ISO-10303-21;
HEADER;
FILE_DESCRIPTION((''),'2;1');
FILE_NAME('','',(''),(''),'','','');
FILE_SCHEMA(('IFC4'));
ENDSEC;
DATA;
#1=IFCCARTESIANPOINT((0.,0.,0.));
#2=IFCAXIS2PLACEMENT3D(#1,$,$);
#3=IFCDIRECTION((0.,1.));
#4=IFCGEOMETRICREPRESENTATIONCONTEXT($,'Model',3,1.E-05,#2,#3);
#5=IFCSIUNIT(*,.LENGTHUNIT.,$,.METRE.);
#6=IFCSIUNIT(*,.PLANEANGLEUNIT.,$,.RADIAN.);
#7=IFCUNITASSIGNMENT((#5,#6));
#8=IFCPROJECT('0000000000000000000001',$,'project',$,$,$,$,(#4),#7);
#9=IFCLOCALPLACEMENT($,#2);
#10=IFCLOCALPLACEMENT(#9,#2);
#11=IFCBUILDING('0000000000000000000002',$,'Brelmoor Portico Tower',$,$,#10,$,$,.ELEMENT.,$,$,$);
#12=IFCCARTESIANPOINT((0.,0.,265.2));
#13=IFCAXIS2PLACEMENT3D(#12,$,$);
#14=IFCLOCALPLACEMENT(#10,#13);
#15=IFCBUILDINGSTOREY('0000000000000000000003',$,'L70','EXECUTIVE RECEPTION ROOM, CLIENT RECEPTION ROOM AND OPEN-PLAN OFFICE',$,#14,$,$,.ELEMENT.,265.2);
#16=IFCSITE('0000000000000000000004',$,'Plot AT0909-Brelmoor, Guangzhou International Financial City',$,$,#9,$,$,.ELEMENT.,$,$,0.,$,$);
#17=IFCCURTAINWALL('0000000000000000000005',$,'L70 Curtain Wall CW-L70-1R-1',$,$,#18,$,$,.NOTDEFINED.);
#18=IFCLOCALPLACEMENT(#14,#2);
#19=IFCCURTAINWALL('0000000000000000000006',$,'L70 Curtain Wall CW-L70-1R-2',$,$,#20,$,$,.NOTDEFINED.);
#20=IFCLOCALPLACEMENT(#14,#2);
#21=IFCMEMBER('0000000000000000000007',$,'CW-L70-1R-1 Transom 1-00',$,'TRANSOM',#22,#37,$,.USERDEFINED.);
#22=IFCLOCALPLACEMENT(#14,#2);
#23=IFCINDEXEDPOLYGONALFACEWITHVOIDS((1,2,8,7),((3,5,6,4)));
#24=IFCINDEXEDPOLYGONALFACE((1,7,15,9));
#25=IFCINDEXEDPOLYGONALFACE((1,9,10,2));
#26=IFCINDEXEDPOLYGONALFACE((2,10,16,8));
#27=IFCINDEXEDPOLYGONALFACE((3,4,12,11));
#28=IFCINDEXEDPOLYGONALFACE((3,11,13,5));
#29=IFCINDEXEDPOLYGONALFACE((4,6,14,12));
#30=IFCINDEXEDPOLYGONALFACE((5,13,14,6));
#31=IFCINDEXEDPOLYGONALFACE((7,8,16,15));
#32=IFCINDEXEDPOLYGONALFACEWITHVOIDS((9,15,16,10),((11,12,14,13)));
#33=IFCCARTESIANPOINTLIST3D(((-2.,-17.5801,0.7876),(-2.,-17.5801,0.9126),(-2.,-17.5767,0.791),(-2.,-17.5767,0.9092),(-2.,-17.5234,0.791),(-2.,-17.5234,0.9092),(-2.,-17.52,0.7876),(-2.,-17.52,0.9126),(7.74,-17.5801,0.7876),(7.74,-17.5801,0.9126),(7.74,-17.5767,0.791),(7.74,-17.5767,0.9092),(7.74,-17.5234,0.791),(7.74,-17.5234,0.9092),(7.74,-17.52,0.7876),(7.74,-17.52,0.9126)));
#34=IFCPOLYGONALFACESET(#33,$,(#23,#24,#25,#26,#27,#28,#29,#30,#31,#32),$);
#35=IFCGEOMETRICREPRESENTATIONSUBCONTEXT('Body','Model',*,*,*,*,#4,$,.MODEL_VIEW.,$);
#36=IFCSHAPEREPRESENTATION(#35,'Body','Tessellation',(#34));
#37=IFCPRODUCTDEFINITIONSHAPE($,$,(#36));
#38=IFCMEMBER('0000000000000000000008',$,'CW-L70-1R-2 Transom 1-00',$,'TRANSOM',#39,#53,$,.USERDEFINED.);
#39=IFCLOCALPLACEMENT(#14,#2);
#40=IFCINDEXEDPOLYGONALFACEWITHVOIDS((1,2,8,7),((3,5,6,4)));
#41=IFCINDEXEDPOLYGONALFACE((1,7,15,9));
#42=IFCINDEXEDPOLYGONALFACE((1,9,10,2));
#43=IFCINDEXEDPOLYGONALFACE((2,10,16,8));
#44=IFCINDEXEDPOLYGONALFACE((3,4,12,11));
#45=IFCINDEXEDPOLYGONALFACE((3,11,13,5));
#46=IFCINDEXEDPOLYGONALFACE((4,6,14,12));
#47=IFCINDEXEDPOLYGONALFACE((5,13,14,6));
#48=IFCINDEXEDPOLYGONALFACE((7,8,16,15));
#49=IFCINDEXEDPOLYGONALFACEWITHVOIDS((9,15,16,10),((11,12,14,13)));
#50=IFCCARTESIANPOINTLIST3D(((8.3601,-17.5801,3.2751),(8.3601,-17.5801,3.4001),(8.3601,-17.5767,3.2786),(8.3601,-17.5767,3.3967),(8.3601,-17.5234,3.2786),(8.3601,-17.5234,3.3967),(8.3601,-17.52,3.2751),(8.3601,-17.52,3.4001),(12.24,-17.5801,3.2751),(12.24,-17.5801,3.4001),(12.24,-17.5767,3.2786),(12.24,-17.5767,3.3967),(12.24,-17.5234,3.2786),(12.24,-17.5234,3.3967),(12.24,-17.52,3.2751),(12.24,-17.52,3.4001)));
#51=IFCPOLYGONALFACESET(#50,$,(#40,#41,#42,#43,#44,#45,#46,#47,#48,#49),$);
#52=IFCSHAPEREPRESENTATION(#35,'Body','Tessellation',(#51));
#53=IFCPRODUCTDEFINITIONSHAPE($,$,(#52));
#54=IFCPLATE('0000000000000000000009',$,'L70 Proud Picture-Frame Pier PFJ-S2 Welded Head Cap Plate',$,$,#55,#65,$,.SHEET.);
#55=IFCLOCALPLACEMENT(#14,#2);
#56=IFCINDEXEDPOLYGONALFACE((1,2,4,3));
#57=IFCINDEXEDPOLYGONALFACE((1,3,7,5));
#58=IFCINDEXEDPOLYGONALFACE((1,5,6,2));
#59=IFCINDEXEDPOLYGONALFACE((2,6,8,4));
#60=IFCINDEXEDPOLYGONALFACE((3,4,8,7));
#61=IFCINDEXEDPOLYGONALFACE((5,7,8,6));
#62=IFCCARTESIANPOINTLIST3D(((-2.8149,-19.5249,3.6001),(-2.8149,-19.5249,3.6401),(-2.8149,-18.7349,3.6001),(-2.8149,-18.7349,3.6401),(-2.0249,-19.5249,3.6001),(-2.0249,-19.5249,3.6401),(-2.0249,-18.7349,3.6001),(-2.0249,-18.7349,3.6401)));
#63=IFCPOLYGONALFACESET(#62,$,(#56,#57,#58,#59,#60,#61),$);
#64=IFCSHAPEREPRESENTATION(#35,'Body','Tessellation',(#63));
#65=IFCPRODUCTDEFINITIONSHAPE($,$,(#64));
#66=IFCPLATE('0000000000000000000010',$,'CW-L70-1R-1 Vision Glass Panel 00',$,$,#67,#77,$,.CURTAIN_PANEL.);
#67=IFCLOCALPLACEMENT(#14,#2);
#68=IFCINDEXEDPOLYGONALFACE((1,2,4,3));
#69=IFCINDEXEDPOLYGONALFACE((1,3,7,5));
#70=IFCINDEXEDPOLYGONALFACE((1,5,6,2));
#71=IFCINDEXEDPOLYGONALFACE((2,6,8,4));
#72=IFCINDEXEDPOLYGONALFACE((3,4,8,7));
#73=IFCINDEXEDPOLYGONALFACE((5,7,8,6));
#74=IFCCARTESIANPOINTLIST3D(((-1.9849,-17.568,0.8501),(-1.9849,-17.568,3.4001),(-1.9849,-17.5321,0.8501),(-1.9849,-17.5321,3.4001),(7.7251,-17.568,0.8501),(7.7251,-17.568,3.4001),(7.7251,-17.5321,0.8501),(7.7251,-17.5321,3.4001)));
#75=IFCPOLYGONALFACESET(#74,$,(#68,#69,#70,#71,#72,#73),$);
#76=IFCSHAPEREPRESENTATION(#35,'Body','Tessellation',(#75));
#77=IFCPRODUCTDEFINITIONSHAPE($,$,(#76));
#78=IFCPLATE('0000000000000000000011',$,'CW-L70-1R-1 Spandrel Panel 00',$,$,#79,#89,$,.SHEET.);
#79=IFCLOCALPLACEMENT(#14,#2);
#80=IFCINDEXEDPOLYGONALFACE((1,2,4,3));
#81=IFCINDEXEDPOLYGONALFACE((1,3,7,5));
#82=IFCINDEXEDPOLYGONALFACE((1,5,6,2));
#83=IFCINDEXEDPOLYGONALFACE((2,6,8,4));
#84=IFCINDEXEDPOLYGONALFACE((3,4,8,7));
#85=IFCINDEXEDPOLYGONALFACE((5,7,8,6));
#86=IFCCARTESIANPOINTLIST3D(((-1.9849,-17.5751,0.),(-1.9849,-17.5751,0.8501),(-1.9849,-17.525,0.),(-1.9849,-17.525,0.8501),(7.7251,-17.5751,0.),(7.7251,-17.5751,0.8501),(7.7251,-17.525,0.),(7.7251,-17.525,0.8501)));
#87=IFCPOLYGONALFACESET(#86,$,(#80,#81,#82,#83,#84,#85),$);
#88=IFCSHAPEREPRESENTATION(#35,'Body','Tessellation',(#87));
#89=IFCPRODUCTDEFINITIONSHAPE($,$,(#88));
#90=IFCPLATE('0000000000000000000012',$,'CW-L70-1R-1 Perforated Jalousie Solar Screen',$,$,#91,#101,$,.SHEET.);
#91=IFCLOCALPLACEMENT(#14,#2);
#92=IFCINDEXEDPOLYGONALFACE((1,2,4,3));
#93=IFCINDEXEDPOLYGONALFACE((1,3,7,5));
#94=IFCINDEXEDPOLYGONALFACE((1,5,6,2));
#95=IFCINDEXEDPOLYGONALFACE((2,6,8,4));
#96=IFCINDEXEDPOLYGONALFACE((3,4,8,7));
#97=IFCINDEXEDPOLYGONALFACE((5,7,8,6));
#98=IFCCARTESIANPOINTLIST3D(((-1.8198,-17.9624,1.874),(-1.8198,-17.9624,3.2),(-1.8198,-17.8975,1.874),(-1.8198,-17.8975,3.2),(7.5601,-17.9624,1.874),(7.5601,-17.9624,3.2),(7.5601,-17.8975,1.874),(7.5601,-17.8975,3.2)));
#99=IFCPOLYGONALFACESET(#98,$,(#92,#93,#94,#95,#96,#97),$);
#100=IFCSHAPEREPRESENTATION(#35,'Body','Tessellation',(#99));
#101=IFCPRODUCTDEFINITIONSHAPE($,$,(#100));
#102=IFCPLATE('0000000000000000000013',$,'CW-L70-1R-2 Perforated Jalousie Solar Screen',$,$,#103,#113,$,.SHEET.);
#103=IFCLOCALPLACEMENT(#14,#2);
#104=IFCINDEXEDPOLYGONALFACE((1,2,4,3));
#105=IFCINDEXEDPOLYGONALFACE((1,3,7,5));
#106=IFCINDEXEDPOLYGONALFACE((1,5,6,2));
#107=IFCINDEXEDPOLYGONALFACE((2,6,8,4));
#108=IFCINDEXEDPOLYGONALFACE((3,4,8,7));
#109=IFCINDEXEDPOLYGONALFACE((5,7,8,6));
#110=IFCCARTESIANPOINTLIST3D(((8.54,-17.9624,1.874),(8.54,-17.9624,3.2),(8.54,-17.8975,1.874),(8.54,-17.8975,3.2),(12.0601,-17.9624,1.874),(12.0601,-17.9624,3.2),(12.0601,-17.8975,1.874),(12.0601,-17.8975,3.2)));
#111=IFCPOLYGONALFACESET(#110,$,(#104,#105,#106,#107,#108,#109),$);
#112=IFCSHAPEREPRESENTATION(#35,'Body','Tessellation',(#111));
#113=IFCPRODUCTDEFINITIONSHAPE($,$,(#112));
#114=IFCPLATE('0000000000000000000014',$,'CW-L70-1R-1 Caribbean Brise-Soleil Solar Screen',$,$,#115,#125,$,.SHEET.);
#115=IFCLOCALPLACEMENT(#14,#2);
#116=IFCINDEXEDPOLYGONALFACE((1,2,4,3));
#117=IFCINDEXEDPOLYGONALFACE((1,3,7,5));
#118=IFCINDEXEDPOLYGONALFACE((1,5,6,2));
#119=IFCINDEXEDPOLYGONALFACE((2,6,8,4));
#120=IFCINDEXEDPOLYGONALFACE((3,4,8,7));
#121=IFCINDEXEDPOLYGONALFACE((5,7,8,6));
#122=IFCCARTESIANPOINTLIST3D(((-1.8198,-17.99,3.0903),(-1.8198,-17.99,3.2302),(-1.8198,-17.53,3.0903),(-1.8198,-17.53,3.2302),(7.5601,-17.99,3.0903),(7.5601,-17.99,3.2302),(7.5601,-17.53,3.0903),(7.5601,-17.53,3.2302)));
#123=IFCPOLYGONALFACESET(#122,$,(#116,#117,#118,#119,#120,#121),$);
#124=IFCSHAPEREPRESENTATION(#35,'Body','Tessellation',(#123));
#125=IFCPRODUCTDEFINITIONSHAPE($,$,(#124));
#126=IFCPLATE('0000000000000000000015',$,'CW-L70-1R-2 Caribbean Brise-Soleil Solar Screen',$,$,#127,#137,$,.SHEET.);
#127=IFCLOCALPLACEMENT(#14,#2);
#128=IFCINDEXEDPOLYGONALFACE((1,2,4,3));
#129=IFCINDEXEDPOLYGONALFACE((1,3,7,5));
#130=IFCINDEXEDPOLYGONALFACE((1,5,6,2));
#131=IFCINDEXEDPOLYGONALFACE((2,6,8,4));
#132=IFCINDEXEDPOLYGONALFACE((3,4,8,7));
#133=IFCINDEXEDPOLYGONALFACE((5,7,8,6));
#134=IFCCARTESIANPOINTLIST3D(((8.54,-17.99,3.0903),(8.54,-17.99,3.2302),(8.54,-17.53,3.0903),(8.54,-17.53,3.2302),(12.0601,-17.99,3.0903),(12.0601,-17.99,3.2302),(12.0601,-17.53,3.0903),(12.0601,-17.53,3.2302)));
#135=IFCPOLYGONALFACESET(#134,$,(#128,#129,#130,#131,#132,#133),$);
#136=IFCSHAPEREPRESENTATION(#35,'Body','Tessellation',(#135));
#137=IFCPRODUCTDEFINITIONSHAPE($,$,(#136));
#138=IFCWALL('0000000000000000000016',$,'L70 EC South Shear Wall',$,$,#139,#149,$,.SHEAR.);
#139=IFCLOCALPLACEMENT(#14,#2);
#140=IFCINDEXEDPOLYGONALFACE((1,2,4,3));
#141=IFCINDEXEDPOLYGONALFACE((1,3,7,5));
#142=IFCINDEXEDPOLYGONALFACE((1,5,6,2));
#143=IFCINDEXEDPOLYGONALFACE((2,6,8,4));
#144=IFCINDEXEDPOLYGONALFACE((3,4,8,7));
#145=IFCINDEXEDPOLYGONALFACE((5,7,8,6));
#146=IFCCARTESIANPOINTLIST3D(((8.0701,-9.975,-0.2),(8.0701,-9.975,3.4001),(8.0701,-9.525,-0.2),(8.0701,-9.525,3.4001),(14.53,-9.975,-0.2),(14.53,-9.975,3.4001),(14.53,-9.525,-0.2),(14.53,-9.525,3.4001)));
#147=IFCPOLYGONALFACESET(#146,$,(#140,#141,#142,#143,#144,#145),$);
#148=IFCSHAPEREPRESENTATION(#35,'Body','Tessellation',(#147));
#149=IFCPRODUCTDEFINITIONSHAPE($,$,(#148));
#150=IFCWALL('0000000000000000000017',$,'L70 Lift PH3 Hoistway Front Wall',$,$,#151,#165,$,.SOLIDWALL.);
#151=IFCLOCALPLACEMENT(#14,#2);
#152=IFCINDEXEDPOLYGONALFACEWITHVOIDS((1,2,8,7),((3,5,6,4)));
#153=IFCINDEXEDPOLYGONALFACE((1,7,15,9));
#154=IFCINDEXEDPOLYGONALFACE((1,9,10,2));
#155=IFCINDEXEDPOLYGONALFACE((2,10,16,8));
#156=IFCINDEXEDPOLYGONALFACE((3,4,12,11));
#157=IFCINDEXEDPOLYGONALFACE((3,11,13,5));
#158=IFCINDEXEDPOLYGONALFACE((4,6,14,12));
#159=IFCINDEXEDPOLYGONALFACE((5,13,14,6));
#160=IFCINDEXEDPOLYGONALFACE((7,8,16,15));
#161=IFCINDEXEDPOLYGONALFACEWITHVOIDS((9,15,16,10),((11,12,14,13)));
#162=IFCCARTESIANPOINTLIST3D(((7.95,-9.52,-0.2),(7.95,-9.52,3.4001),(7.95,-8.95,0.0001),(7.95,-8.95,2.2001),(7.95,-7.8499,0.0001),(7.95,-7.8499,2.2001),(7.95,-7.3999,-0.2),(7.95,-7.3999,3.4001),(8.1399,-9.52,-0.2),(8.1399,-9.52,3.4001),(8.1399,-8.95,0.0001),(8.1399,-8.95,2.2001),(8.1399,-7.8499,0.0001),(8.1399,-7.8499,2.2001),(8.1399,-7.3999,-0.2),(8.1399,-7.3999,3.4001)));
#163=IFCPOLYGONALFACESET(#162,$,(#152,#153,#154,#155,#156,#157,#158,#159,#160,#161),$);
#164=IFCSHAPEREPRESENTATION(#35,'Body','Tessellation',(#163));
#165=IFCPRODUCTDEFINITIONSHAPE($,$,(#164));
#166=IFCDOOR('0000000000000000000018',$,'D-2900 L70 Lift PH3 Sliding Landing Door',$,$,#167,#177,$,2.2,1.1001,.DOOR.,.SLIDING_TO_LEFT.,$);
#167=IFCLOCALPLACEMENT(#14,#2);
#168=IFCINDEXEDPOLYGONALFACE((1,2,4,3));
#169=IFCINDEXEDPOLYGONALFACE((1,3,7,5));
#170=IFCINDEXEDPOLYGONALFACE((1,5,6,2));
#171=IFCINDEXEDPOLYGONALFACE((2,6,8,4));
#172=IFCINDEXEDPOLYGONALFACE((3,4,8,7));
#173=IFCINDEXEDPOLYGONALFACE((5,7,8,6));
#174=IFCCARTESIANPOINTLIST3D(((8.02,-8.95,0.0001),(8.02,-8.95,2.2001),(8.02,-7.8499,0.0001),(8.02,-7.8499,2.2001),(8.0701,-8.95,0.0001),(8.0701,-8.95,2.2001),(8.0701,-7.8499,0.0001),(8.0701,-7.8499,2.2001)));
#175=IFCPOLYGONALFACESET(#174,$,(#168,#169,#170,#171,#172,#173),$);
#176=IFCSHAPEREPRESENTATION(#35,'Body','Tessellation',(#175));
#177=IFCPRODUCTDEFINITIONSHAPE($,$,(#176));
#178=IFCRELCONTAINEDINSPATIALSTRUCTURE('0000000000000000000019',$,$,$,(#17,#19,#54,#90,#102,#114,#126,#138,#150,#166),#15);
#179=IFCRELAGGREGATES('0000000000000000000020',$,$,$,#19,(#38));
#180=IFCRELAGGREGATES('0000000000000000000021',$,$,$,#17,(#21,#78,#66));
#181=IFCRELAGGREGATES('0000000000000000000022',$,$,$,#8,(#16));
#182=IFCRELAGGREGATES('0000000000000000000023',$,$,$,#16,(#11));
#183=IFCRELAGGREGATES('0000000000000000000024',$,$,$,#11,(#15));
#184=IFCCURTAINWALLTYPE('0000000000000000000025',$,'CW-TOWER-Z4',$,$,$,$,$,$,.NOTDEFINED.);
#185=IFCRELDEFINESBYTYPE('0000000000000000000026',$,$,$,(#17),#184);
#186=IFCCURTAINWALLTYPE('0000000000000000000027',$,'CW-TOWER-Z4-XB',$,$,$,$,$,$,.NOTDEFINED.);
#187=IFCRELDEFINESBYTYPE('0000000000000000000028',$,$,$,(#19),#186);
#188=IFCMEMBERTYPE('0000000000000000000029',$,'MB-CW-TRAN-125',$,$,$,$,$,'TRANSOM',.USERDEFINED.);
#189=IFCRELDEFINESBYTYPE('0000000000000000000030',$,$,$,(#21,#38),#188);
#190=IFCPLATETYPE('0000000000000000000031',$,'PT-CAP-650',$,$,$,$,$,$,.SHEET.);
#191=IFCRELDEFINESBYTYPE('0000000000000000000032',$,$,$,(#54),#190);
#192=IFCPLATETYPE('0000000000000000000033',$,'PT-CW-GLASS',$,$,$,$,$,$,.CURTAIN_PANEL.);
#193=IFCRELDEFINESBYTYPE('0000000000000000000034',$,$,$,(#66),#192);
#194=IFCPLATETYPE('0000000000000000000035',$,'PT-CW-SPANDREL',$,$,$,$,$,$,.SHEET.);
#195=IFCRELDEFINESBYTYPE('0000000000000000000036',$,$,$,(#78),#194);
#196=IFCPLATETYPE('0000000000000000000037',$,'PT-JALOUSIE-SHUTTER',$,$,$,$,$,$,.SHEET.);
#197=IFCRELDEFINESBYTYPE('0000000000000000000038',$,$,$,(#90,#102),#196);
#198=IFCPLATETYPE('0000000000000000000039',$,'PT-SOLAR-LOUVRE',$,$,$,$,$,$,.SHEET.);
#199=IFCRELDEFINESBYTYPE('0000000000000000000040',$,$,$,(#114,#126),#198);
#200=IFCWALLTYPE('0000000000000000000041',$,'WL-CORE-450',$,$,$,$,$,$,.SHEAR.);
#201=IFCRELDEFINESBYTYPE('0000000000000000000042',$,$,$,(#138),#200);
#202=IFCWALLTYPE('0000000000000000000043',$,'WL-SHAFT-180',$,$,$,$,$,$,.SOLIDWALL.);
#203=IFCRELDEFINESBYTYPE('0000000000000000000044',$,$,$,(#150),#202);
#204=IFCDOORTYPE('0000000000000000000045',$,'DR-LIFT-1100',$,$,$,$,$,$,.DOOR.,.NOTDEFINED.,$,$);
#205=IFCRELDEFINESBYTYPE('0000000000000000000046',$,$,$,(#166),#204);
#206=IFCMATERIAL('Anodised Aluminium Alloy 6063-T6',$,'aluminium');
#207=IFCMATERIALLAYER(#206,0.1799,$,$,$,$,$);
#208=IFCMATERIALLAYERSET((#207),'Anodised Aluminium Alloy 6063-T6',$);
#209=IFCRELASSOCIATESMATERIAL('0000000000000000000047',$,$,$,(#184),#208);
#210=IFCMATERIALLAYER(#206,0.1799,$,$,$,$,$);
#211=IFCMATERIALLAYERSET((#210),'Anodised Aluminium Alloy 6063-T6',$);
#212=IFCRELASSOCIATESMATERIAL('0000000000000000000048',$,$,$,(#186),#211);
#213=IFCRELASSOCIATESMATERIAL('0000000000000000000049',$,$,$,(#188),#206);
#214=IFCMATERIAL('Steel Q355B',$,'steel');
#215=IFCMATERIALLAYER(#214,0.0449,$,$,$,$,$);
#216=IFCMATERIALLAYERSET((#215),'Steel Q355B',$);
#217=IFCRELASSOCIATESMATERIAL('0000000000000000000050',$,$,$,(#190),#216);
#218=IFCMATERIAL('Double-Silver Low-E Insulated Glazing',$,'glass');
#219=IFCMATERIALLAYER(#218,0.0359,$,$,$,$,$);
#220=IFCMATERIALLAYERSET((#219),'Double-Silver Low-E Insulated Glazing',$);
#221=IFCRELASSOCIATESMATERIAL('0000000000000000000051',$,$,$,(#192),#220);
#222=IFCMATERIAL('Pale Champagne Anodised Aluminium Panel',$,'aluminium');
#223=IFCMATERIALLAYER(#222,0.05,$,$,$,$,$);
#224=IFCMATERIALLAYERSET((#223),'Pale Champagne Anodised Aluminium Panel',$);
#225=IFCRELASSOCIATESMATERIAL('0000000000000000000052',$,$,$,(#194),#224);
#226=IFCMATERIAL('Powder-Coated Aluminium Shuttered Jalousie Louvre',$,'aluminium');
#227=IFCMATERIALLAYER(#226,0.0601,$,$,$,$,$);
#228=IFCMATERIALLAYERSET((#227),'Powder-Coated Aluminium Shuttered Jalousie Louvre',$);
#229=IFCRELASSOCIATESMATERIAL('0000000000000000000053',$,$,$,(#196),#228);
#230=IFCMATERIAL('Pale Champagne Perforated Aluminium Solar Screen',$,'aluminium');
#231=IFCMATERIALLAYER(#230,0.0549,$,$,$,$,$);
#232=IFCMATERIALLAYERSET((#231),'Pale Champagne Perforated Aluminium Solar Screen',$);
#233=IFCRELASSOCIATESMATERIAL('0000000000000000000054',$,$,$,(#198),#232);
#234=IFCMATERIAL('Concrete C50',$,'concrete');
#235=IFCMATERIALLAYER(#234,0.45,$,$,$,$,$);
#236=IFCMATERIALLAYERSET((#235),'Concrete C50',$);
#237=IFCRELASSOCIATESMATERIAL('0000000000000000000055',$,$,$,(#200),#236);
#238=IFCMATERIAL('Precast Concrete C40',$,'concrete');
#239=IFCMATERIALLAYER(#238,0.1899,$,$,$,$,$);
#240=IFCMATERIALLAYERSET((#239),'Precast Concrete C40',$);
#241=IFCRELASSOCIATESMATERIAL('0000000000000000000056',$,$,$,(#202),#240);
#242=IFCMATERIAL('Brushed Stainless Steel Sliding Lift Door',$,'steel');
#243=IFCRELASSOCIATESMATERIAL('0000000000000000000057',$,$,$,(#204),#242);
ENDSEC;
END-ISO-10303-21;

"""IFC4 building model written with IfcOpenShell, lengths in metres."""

from ifc_helpers import new_model, si_unit, direction, frame, frame_2d, origin, origin_2d, place, context, subcontext, project, spatial, rectangle, hollow_rectangle, extrude, material, layer, layer_set, material_profile, profile_set, type_object, element, fill, aggregate, save


model = new_model("IFC4")

# Units and contexts
model_context = context("Model", 3, precision=1e-05, world=origin(), true_north=direction((0.0, 1.0)))
body_context = subcontext(model_context, "Body", "Model", "MODEL_VIEW")
ifc_project = project(units=[si_unit("LENGTHUNIT", "METRE"), si_unit("PLANEANGLEUNIT", "RADIAN")], contexts=[model_context])

# Site, building, storey
site_placement = place(None, origin())
site = spatial("IfcSite", under=ifc_project, at=site_placement, Name="Plot AT0909-Brelmoor, Guangzhou International Financial City", CompositionType="ELEMENT", RefElevation=0.0)
building_placement = place(site_placement, origin())
building = spatial("IfcBuilding", under=site, at=building_placement, Name="Brelmoor Portico Tower", CompositionType="ELEMENT")
storey_placement = place(building_placement, frame((0.0, 0.0, 265.2)))
storey = spatial("IfcBuildingStorey", under=building, at=storey_placement, Name="L70", Description="EXECUTIVE RECEPTION ROOM, CLIENT RECEPTION ROOM AND OPEN-PLAN OFFICE", CompositionType="ELEMENT", Elevation=265.2)

# Shared definitions
ifc_material_1 = material(Name="Steel Q355B", Category="steel")

# Curtain wall
ifc_material_2 = material(Name="Anodised Aluminium Alloy 6063-T6", Category="aluminium")
ifc_layer_1 = layer(ifc_material_2, 0.1799)
ifc_layer_set_1 = layer_set([ifc_layer_1], Name="Anodised Aluminium Alloy 6063-T6")
curtain_wall_type_1 = type_object("IfcCurtainWallType", Name="CW-TOWER-Z4", PredefinedType="NOTDEFINED", material=ifc_layer_set_1)
curtain_wall_1_placement = place(storey_placement, origin())
curtain_wall_1 = element("IfcCurtainWall", 1, at=curtain_wall_1_placement, inside=storey, type_object=curtain_wall_type_1, Name="L70 Curtain Wall CW-L70-1R-1", PredefinedType="NOTDEFINED")

# Curtain wall
ifc_layer_2 = layer(ifc_material_2, 0.1799)
ifc_layer_set_2 = layer_set([ifc_layer_2], Name="Anodised Aluminium Alloy 6063-T6")
curtain_wall_type_2 = type_object("IfcCurtainWallType", Name="CW-TOWER-Z4-XB", PredefinedType="NOTDEFINED", material=ifc_layer_set_2)
curtain_wall_2_placement = place(storey_placement, origin())
curtain_wall_2 = element("IfcCurtainWall", 2, at=curtain_wall_2_placement, inside=storey, type_object=curtain_wall_type_2, Name="L70 Curtain Wall CW-L70-1R-2", PredefinedType="NOTDEFINED")

# Members
ifc_material_profile_1 = material_profile(ifc_material_2, hollow_rectangle(XDim=0.0601, YDim=0.125, WallThickness=0.0034, at=origin_2d()), Name="ALU TRANSOM 60x125")
ifc_profile_set_1 = profile_set([ifc_material_profile_1], Name="Anodised Aluminium Alloy 6063-T6")
member_type_1 = type_object("IfcMemberType", Name="MB-CW-TRAN-125", ElementType="TRANSOM", PredefinedType="USERDEFINED", material=ifc_profile_set_1)
member_1_placement = place(storey_placement, frame((-2.0, -17.55, 0.8501), z_axis=(1.0, 0.0, 0.0), x_axis=(0.0, 1.0, 0.0)))
member_1 = element("IfcMember", 3, at=member_1_placement, type_object=member_type_1, Name="CW-L70-1R-1 Transom 1-00", ObjectType="TRANSOM", PredefinedType="USERDEFINED", context=body_context, shape_type="SweptSolid", body=[
    extrude(hollow_rectangle(XDim=0.0601, YDim=0.125, WallThickness=0.0034, at=origin_2d()), origin(), (0.0, 0.0, 1.0), 9.74),
])
member_2_placement = place(storey_placement, frame((8.3601, -17.55, 3.3376), z_axis=(1.0, 0.0, 0.0), x_axis=(0.0, 1.0, 0.0)))
member_2 = element("IfcMember", 4, at=member_2_placement, type_object=member_type_1, Name="CW-L70-1R-2 Transom 1-00", ObjectType="TRANSOM", PredefinedType="USERDEFINED", context=body_context, shape_type="SweptSolid", body=[
    extrude(hollow_rectangle(XDim=0.0601, YDim=0.125, WallThickness=0.0034, at=origin_2d()), origin(), (0.0, 0.0, 1.0), 3.8799),
])
aggregate(curtain_wall_2, [member_2])

# Plates
ifc_layer_3 = layer(ifc_material_1, 0.0449)
ifc_layer_set_3 = layer_set([ifc_layer_3], Name="Steel Q355B")
plate_type_1 = type_object("IfcPlateType", Name="PT-CAP-650", PredefinedType="SHEET", material=ifc_layer_set_3)
plate_1_placement = place(storey_placement, frame((-2.4199, -19.1299, 3.6001), z_axis=(0.0, 0.0, 1.0), x_axis=(1.0, 0.0, 0.0)))
element("IfcPlate", 5, at=plate_1_placement, inside=storey, type_object=plate_type_1, Name="L70 Proud Picture-Frame Pier PFJ-S2 Welded Head Cap Plate", PredefinedType="SHEET", context=body_context, shape_type="SweptSolid", body=[
    extrude(rectangle(XDim=0.79, YDim=0.79, at=origin_2d()), origin(), (0.0, 0.0, 1.0), 0.04),
])
ifc_material_3 = material(Name="Double-Silver Low-E Insulated Glazing", Category="glass")
ifc_layer_4 = layer(ifc_material_3, 0.0359)
ifc_layer_set_4 = layer_set([ifc_layer_4], Name="Double-Silver Low-E Insulated Glazing")
plate_type_2 = type_object("IfcPlateType", Name="PT-CW-GLASS", PredefinedType="CURTAIN_PANEL", material=ifc_layer_set_4)
plate_2_placement = place(storey_placement, frame((2.8701, -17.55, 0.8501), z_axis=(0.0, 0.0, 1.0), x_axis=(1.0, 0.0, 0.0)))
plate_2 = element("IfcPlate", 6, at=plate_2_placement, type_object=plate_type_2, Name="CW-L70-1R-1 Vision Glass Panel 00", PredefinedType="CURTAIN_PANEL", context=body_context, shape_type="SweptSolid", body=[
    extrude(rectangle(XDim=9.71, YDim=0.0359, at=origin_2d()), origin(), (0.0, 0.0, 1.0), 2.55),
])
ifc_material_4 = material(Name="Pale Champagne Anodised Aluminium Panel", Category="aluminium")
ifc_layer_5 = layer(ifc_material_4, 0.05)
ifc_layer_set_5 = layer_set([ifc_layer_5], Name="Pale Champagne Anodised Aluminium Panel")
plate_type_3 = type_object("IfcPlateType", Name="PT-CW-SPANDREL", PredefinedType="SHEET", material=ifc_layer_set_5)
plate_3_placement = place(storey_placement, frame((2.8701, -17.55, 0.0), z_axis=(0.0, 0.0, 1.0), x_axis=(1.0, 0.0, 0.0)))
plate_3 = element("IfcPlate", 7, at=plate_3_placement, type_object=plate_type_3, Name="CW-L70-1R-1 Spandrel Panel 00", PredefinedType="SHEET", context=body_context, shape_type="SweptSolid", body=[
    extrude(rectangle(XDim=9.71, YDim=0.05, at=origin_2d()), origin(), (0.0, 0.0, 1.0), 0.8501),
])
aggregate(curtain_wall_1, [member_1, plate_3, plate_2])

# Plates
ifc_material_5 = material(Name="Powder-Coated Aluminium Shuttered Jalousie Louvre", Category="aluminium")
ifc_layer_6 = layer(ifc_material_5, 0.0601)
ifc_layer_set_6 = layer_set([ifc_layer_6], Name="Powder-Coated Aluminium Shuttered Jalousie Louvre")
plate_type_4 = type_object("IfcPlateType", Name="PT-JALOUSIE-SHUTTER", PredefinedType="SHEET", material=ifc_layer_set_6)
plate_4_placement = place(storey_placement, frame((2.8701, -17.9299, 1.874), z_axis=(0.0, 0.0, 1.0), x_axis=(1.0, 0.0, 0.0)))
element("IfcPlate", 8, at=plate_4_placement, inside=storey, type_object=plate_type_4, Name="CW-L70-1R-1 Perforated Jalousie Solar Screen", PredefinedType="SHEET", context=body_context, shape_type="SweptSolid", body=[
    extrude(rectangle(XDim=9.3799, YDim=0.0649, at=origin_2d()), origin(), (0.0, 0.0, 1.0), 1.3259),
])
plate_5_placement = place(storey_placement, frame((10.3, -17.9299, 1.874), z_axis=(0.0, 0.0, 1.0), x_axis=(1.0, 0.0, 0.0)))
element("IfcPlate", 9, at=plate_5_placement, inside=storey, type_object=plate_type_4, Name="CW-L70-1R-2 Perforated Jalousie Solar Screen", PredefinedType="SHEET", context=body_context, shape_type="SweptSolid", body=[
    extrude(rectangle(XDim=3.52, YDim=0.0649, at=origin_2d()), origin(), (0.0, 0.0, 1.0), 1.3259),
])
ifc_material_6 = material(Name="Pale Champagne Perforated Aluminium Solar Screen", Category="aluminium")
ifc_layer_7 = layer(ifc_material_6, 0.0549)
ifc_layer_set_7 = layer_set([ifc_layer_7], Name="Pale Champagne Perforated Aluminium Solar Screen")
plate_type_5 = type_object("IfcPlateType", Name="PT-SOLAR-LOUVRE", PredefinedType="SHEET", material=ifc_layer_set_7)
plate_6_placement = place(storey_placement, frame((2.8701, -17.76, 3.0903), z_axis=(0.0, 0.0, 1.0), x_axis=(1.0, 0.0, 0.0)))
element("IfcPlate", 10, at=plate_6_placement, inside=storey, type_object=plate_type_5, Name="CW-L70-1R-1 Caribbean Brise-Soleil Solar Screen", PredefinedType="SHEET", context=body_context, shape_type="SweptSolid", body=[
    extrude(rectangle(XDim=9.3799, YDim=0.46, at=origin_2d()), origin(), (0.0, 0.0, 1.0), 0.1399),
])
plate_7_placement = place(storey_placement, frame((10.3, -17.76, 3.0903), z_axis=(0.0, 0.0, 1.0), x_axis=(1.0, 0.0, 0.0)))
element("IfcPlate", 11, at=plate_7_placement, inside=storey, type_object=plate_type_5, Name="CW-L70-1R-2 Caribbean Brise-Soleil Solar Screen", PredefinedType="SHEET", context=body_context, shape_type="SweptSolid", body=[
    extrude(rectangle(XDim=3.52, YDim=0.46, at=origin_2d()), origin(), (0.0, 0.0, 1.0), 0.1399),
])

# Wall
ifc_material_7 = material(Name="Concrete C50", Category="concrete")
ifc_layer_8 = layer(ifc_material_7, 0.45)
ifc_layer_set_8 = layer_set([ifc_layer_8], Name="Concrete C50")
wall_type_1 = type_object("IfcWallType", Name="WL-CORE-450", PredefinedType="SHEAR", material=ifc_layer_set_8)
wall_1_placement = place(storey_placement, frame((8.0701, -9.75, -0.2), z_axis=(0.0, 0.0, 1.0), x_axis=(1.0, 0.0, 0.0)))
element("IfcWall", 12, at=wall_1_placement, inside=storey, type_object=wall_type_1, Name="L70 EC South Shear Wall", PredefinedType="SHEAR", context=body_context, shape_type="SweptSolid", body=[
    extrude(rectangle(XDim=6.46, YDim=0.45, at=frame_2d((3.23, 0.0))), origin(), (0.0, 0.0, 1.0), 3.6001),
])

# Wall, opening, door
ifc_material_8 = material(Name="Precast Concrete C40", Category="concrete")
ifc_layer_9 = layer(ifc_material_8, 0.1899)
ifc_layer_set_9 = layer_set([ifc_layer_9], Name="Precast Concrete C40")
wall_type_2 = type_object("IfcWallType", Name="WL-SHAFT-180", PredefinedType="SOLIDWALL", material=ifc_layer_set_9)
wall_2_placement = place(storey_placement, frame((8.0449, -9.52, -0.2), z_axis=(0.0, 0.0, 1.0), x_axis=(0.0, 1.0, 0.0)))
wall_2 = element("IfcWall", 13, at=wall_2_placement, inside=storey, type_object=wall_type_2, Name="L70 Lift PH3 Hoistway Front Wall", PredefinedType="SOLIDWALL", context=body_context, shape_type="SweptSolid", body=[
    extrude(rectangle(XDim=2.1201, YDim=0.1899, at=frame_2d((1.0601, 0.0))), origin(), (0.0, 0.0, 1.0), 3.6001),
])
opening_placement = place(wall_2_placement, frame((0.5701, 0.0, 0.2)))
opening = element("IfcOpeningElement", 14, at=opening_placement, cuts=wall_2, PredefinedType="OPENING", context=body_context, shape_type="SweptSolid", body=[
    extrude(rectangle(XDim=1.1001, YDim=2.2, at=frame_2d((0.55, 1.1001))), frame((0.0, 0.105, 0.0), z_axis=(0.0, -1.0, 0.0), x_axis=(1.0, 0.0, 0.0)), (0.0, 0.0, 1.0), 0.21),
])
ifc_material_9 = material(Name="Brushed Stainless Steel Sliding Lift Door", Category="steel")
door_type = type_object("IfcDoorType", Name="DR-LIFT-1100", OperationType="NOTDEFINED", PredefinedType="DOOR", material=ifc_material_9)
door_placement = place(opening_placement, origin())
door = element("IfcDoor", 15, at=door_placement, inside=storey, type_object=door_type, Name="D-2900 L70 Lift PH3 Sliding Landing Door", OperationType="SLIDING_TO_LEFT", OverallHeight=2.2, OverallWidth=1.1001, PredefinedType="DOOR", context=body_context, shape_type="SweptSolid", body=[
    extrude(rectangle(XDim=1.1001, YDim=2.2, at=frame_2d((0.55, 1.1001))), frame((0.0, 0.0249, 0.0), z_axis=(0.0, -1.0, 0.0), x_axis=(1.0, 0.0, 0.0)), (0.0, 0.0, 1.0), 0.05),
])
fill(opening, door)

save(model, "model.ifc")
